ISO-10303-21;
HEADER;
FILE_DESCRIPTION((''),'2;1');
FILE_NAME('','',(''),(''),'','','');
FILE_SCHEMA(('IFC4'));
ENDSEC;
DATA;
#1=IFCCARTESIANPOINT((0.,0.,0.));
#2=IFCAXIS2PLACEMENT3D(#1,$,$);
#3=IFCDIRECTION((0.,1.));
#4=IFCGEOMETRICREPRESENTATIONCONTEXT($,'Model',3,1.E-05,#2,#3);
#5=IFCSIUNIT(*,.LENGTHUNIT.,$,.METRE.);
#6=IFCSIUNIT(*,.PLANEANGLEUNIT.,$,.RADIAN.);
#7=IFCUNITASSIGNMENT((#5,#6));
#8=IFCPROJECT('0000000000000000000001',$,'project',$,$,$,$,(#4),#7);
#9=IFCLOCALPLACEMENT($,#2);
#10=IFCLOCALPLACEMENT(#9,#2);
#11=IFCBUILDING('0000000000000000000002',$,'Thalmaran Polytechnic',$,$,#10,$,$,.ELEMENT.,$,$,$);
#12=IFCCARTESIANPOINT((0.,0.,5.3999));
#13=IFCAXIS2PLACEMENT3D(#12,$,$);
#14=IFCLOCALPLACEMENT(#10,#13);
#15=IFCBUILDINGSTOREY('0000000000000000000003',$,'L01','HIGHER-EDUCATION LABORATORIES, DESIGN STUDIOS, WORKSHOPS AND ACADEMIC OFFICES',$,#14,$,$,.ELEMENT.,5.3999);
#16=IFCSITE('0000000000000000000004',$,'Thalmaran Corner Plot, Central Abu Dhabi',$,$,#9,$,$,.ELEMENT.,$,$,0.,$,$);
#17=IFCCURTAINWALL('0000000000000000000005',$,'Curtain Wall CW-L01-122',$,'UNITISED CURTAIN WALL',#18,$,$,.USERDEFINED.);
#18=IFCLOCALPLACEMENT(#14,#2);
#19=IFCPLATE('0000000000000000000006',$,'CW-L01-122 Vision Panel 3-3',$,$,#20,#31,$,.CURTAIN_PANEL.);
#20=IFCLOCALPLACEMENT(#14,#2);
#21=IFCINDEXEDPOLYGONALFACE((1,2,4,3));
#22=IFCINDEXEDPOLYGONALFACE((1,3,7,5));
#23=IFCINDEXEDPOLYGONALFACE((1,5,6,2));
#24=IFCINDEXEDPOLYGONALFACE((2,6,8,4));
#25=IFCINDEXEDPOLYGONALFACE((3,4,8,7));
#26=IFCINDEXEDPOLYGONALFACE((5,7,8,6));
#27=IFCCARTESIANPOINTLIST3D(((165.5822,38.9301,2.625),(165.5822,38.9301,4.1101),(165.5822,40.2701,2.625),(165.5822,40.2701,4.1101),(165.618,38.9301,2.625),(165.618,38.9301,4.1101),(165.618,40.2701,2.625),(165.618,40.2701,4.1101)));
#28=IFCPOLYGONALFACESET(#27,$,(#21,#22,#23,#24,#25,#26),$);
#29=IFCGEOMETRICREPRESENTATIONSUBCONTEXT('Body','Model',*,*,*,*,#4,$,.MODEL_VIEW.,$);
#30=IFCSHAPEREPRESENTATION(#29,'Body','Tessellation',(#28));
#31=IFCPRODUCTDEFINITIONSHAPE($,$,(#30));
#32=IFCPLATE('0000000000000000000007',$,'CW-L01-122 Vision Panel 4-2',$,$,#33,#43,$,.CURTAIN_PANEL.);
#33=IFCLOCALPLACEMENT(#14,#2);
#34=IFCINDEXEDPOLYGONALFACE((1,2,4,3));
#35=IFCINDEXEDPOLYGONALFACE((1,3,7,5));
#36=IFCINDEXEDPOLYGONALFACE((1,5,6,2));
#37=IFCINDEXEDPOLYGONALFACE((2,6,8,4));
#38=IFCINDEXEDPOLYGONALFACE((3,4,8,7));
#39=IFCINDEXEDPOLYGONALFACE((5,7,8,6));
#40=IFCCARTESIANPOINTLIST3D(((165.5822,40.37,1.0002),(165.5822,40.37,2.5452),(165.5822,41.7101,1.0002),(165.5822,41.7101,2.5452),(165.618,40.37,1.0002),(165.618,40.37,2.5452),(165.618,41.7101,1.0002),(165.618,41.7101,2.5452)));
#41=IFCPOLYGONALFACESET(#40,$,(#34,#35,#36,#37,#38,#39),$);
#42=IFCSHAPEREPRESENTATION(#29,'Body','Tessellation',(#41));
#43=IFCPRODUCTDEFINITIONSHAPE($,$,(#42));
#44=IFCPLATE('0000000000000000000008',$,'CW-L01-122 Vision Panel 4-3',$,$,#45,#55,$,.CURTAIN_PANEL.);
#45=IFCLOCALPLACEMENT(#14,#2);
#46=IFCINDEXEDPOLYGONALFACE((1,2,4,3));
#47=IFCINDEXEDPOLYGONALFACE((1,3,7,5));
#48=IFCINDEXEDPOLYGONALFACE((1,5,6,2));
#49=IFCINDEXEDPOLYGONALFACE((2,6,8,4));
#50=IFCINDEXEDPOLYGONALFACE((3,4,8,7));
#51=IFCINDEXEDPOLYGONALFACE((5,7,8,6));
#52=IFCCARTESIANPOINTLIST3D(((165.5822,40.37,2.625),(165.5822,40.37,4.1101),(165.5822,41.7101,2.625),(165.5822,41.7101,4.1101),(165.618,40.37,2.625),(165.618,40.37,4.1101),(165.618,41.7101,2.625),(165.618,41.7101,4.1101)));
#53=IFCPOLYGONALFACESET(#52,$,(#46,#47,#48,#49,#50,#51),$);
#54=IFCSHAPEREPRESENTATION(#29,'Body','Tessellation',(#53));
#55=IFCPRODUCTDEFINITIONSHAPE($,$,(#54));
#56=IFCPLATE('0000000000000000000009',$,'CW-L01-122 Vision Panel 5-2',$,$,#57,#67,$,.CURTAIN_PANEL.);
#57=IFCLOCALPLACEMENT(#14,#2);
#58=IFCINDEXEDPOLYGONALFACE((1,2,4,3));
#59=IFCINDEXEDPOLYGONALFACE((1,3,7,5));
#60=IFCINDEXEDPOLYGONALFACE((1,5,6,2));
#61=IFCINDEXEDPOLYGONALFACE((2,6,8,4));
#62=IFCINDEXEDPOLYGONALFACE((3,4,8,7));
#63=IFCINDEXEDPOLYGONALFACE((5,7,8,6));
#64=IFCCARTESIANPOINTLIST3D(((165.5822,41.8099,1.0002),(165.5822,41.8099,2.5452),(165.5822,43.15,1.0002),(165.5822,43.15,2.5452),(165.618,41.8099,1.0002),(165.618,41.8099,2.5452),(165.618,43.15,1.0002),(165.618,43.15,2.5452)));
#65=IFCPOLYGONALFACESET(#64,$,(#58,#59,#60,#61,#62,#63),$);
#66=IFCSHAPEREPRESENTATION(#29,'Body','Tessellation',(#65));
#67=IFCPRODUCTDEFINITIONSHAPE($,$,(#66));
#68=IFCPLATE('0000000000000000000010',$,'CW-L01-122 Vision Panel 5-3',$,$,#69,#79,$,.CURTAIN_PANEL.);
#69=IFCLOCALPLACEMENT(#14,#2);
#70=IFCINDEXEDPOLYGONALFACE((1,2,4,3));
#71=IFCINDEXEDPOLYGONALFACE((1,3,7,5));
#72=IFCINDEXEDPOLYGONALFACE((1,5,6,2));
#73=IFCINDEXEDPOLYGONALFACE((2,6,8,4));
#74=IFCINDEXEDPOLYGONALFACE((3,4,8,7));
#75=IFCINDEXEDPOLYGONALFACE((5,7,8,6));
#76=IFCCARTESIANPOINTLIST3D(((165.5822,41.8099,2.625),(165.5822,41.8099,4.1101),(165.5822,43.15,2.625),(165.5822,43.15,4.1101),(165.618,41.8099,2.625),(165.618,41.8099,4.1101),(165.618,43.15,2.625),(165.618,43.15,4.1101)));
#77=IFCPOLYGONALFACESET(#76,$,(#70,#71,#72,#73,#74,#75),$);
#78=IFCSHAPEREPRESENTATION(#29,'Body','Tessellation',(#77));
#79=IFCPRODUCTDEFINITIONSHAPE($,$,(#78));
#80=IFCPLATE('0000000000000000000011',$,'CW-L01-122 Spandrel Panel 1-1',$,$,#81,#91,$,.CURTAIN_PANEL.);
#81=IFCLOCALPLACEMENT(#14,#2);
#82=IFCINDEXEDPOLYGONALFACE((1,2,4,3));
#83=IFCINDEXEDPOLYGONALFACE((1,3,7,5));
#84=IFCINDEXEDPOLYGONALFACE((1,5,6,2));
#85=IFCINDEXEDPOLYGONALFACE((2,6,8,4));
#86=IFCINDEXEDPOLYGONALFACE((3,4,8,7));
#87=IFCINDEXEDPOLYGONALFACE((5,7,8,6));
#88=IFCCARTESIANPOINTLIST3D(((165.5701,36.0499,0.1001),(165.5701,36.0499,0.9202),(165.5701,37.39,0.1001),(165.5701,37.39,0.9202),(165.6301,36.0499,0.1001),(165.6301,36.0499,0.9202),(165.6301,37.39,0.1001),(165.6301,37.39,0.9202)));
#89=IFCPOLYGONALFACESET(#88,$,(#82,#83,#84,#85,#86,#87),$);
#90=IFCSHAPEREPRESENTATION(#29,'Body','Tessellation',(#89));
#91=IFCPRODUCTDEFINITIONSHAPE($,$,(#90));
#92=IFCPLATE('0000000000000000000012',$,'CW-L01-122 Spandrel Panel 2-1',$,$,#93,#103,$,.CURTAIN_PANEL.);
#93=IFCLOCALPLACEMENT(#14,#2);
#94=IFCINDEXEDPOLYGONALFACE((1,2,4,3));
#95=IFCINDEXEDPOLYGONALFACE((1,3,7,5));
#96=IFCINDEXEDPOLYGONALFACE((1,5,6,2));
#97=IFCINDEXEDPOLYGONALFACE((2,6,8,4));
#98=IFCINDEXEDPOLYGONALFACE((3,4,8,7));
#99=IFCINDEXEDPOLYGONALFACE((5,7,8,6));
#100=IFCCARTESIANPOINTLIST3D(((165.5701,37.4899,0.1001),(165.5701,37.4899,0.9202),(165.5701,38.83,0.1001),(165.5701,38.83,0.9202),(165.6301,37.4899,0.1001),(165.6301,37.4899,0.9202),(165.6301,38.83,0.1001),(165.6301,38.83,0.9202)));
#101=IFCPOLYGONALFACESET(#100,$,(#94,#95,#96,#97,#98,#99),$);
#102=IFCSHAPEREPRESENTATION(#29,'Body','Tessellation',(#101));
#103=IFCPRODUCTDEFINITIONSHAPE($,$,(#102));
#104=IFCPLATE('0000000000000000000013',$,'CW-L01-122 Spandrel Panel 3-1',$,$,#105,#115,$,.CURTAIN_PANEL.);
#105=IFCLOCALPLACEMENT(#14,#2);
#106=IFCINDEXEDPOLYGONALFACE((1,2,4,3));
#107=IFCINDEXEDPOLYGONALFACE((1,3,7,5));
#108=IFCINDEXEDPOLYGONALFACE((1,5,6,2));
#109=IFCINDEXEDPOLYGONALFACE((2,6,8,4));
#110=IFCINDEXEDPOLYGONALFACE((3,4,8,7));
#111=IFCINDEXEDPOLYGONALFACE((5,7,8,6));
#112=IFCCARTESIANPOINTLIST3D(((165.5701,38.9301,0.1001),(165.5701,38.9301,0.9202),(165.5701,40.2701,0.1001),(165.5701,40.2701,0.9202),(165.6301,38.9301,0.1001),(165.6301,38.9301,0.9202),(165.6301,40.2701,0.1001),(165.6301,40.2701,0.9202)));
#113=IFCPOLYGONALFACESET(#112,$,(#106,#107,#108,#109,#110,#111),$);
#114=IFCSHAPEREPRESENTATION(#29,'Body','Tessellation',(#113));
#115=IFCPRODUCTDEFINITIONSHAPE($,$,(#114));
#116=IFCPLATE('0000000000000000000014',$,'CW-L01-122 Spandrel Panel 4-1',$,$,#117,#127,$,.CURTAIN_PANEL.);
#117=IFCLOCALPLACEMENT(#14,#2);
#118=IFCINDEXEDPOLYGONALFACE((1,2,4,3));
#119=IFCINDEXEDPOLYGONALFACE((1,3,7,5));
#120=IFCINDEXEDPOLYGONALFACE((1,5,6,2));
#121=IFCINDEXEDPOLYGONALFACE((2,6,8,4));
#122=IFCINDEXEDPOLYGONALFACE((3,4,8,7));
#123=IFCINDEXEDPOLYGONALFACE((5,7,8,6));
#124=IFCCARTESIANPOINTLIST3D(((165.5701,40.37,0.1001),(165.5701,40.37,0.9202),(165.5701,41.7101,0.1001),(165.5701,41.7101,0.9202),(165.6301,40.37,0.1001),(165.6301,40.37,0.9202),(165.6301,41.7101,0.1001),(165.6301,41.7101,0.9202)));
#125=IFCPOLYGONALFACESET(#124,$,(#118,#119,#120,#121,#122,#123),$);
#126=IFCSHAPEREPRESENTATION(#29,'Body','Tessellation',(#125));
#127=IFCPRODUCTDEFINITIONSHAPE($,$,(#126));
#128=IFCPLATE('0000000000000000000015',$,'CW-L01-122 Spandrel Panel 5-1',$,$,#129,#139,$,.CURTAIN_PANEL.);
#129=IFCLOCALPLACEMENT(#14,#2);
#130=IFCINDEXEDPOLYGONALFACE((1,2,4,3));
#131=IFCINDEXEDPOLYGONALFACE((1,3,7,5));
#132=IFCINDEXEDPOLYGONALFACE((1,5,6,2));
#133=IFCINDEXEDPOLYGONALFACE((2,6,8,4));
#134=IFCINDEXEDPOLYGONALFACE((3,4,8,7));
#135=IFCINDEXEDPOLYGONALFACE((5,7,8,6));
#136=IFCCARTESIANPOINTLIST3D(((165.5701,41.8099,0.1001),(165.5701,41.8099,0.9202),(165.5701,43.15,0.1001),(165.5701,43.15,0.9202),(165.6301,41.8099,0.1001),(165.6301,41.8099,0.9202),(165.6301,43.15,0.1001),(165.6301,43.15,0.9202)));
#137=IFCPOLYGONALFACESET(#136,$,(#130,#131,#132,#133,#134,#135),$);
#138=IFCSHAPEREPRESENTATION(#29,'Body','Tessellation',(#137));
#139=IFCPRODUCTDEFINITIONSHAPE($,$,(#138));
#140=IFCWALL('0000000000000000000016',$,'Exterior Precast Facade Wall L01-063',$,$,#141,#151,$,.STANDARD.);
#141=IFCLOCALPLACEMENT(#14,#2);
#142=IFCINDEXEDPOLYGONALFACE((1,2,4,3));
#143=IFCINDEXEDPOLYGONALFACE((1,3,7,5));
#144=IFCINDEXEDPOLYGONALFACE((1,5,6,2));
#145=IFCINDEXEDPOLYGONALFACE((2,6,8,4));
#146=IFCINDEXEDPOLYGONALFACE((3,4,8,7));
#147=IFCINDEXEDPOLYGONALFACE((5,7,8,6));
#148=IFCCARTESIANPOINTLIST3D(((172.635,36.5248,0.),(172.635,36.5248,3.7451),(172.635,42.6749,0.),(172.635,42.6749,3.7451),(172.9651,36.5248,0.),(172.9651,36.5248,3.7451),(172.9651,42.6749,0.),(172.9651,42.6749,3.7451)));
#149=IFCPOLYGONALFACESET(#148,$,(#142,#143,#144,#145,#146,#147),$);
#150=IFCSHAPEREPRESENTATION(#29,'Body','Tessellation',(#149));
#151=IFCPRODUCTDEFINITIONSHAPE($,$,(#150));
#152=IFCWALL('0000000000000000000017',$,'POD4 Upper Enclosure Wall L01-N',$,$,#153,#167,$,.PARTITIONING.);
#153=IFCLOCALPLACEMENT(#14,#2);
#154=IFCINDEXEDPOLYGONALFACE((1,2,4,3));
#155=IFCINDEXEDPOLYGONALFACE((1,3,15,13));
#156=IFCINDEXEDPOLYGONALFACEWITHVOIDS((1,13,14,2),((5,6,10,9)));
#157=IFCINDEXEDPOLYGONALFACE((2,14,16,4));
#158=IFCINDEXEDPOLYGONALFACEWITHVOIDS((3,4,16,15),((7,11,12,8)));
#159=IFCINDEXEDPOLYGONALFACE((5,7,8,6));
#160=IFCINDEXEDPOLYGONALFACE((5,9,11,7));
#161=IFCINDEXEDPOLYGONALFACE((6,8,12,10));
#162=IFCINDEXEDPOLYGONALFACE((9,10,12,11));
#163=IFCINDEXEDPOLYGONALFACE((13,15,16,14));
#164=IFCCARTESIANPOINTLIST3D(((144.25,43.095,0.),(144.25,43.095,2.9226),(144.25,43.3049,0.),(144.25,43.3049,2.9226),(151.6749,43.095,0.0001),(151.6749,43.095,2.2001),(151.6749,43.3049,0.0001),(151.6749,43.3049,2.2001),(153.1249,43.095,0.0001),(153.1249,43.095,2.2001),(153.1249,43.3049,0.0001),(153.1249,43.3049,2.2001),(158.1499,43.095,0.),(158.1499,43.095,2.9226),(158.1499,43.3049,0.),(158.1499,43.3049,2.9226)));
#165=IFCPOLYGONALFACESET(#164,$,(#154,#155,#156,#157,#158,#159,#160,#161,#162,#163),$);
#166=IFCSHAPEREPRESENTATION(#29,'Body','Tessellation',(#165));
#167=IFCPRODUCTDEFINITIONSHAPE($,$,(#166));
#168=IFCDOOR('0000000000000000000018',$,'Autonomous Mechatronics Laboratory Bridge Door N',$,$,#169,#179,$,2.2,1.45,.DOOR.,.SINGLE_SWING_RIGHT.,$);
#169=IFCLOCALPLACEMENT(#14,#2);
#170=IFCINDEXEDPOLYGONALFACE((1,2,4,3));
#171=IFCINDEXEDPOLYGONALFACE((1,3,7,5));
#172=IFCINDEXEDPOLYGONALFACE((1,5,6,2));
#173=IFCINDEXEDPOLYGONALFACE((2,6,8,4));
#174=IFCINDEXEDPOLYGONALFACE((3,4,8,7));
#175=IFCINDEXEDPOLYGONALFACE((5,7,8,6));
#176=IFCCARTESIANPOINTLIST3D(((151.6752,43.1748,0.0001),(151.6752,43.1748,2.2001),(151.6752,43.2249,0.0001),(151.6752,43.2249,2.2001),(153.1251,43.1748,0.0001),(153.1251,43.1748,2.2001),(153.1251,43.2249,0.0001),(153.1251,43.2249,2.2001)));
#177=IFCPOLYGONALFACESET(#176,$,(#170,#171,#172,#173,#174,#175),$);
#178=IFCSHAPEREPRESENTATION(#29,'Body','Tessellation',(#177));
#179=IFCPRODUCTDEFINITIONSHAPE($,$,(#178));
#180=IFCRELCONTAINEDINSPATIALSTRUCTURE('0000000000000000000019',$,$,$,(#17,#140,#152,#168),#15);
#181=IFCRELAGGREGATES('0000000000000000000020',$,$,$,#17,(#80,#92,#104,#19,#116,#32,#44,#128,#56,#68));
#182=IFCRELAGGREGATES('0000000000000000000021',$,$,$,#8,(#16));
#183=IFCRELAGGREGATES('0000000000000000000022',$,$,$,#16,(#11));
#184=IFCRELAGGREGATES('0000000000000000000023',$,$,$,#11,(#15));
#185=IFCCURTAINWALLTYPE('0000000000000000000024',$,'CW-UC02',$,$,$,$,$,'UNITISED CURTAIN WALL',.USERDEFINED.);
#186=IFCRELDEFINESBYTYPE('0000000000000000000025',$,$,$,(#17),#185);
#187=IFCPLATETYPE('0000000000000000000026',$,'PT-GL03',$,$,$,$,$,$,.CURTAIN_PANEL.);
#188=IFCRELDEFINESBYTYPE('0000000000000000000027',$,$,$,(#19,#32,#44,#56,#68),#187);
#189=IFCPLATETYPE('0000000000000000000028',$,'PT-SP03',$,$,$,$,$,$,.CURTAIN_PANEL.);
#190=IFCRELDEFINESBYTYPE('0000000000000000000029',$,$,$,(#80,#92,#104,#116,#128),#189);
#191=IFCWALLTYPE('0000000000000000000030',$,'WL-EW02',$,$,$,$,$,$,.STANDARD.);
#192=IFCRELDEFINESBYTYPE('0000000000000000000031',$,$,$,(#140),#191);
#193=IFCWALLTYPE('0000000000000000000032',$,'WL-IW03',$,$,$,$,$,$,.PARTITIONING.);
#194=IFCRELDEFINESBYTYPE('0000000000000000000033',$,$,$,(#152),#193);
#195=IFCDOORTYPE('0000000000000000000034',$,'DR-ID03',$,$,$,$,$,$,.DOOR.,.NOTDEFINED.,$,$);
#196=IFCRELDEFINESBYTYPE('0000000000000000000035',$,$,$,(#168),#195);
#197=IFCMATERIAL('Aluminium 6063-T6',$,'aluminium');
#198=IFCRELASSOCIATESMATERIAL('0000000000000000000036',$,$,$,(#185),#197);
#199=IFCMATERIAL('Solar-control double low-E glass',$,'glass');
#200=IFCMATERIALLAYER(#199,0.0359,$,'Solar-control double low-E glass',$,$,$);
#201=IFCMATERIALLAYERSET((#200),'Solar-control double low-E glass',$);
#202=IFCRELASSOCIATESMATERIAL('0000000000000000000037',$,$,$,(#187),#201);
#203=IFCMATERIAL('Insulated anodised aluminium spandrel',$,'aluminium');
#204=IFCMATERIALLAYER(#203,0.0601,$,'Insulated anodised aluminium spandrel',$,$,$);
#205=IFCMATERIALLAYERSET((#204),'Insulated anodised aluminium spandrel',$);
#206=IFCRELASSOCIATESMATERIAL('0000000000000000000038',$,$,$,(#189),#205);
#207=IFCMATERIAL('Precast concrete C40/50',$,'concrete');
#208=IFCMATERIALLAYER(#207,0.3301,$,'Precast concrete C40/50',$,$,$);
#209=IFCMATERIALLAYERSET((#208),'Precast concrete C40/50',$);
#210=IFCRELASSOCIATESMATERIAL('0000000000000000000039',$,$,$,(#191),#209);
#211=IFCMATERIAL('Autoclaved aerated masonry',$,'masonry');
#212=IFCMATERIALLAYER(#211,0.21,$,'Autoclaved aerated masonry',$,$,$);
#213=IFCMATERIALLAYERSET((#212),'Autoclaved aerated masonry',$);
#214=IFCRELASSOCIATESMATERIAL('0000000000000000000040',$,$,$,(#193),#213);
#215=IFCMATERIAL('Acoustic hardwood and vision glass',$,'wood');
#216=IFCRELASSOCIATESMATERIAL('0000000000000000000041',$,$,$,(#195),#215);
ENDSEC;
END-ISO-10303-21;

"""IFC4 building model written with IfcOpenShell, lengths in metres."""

from ifc_helpers import new_model, si_unit, direction, frame, frame_2d, origin, origin_2d, place, context, subcontext, project, spatial, rectangle, extrude, material, layer, layer_set, type_object, element, fill, aggregate, save


model = new_model("IFC4")

# Units and contexts
model_context = context("Model", 3, precision=1e-05, world=origin(), true_north=direction((0.0, 1.0)))
body_context = subcontext(model_context, "Body", "Model", "MODEL_VIEW")
ifc_project = project(units=[si_unit("LENGTHUNIT", "METRE"), si_unit("PLANEANGLEUNIT", "RADIAN")], contexts=[model_context])

# Site, building, storey
site_placement = place(None, origin())
site = spatial("IfcSite", under=ifc_project, at=site_placement, Name="Thalmaran Corner Plot, Central Abu Dhabi", CompositionType="ELEMENT", RefElevation=0.0)
building_placement = place(site_placement, origin())
building = spatial("IfcBuilding", under=site, at=building_placement, Name="Thalmaran Polytechnic", CompositionType="ELEMENT")
storey_placement = place(building_placement, frame((0.0, 0.0, 5.3999)))
storey = spatial("IfcBuildingStorey", under=building, at=storey_placement, Name="L01", Description="HIGHER-EDUCATION LABORATORIES, DESIGN STUDIOS, WORKSHOPS AND ACADEMIC OFFICES", CompositionType="ELEMENT", Elevation=5.3999)

# Curtain wall
ifc_material_1 = material(Name="Aluminium 6063-T6", Category="aluminium")
curtain_wall_type = type_object("IfcCurtainWallType", Name="CW-UC02", ElementType="UNITISED CURTAIN WALL", PredefinedType="USERDEFINED", material=ifc_material_1)
curtain_wall_1_placement = place(storey_placement, origin())
curtain_wall_1 = element("IfcCurtainWall", 1, at=curtain_wall_1_placement, inside=storey, type_object=curtain_wall_type, Name="Curtain Wall CW-L01-122", ObjectType="UNITISED CURTAIN WALL", PredefinedType="USERDEFINED")

# Plates
ifc_material_2 = material(Name="Solar-control double low-E glass", Category="glass")
ifc_layer_1 = layer(ifc_material_2, 0.0359, Name="Solar-control double low-E glass")
ifc_layer_set_1 = layer_set([ifc_layer_1], Name="Solar-control double low-E glass")
plate_type_1 = type_object("IfcPlateType", Name="PT-GL03", PredefinedType="CURTAIN_PANEL", material=ifc_layer_set_1)
plate_1_placement = place(storey_placement, frame((165.6001, 39.6001, 2.625), z_axis=(0.0, 0.0, 1.0), x_axis=(0.0, 1.0, 0.0)))
plate_1 = element("IfcPlate", 2, at=plate_1_placement, type_object=plate_type_1, Name="CW-L01-122 Vision Panel 3-3", PredefinedType="CURTAIN_PANEL", context=body_context, shape_type="SweptSolid", body=[
    extrude(rectangle(XDim=1.3401, YDim=0.0359, at=origin_2d()), origin(), (0.0, 0.0, 1.0), 1.4851),
])
plate_2_placement = place(storey_placement, frame((165.6001, 41.04, 1.0002), z_axis=(0.0, 0.0, 1.0), x_axis=(0.0, 1.0, 0.0)))
plate_2 = element("IfcPlate", 3, at=plate_2_placement, type_object=plate_type_1, Name="CW-L01-122 Vision Panel 4-2", PredefinedType="CURTAIN_PANEL", context=body_context, shape_type="SweptSolid", body=[
    extrude(rectangle(XDim=1.3401, YDim=0.0359, at=origin_2d()), origin(), (0.0, 0.0, 1.0), 1.5449),
])
plate_3_placement = place(storey_placement, frame((165.6001, 41.04, 2.625), z_axis=(0.0, 0.0, 1.0), x_axis=(0.0, 1.0, 0.0)))
plate_3 = element("IfcPlate", 4, at=plate_3_placement, type_object=plate_type_1, Name="CW-L01-122 Vision Panel 4-3", PredefinedType="CURTAIN_PANEL", context=body_context, shape_type="SweptSolid", body=[
    extrude(rectangle(XDim=1.3401, YDim=0.0359, at=origin_2d()), origin(), (0.0, 0.0, 1.0), 1.4851),
])
plate_4_placement = place(storey_placement, frame((165.6001, 42.48, 1.0002), z_axis=(0.0, 0.0, 1.0), x_axis=(0.0, 1.0, 0.0)))
plate_4 = element("IfcPlate", 5, at=plate_4_placement, type_object=plate_type_1, Name="CW-L01-122 Vision Panel 5-2", PredefinedType="CURTAIN_PANEL", context=body_context, shape_type="SweptSolid", body=[
    extrude(rectangle(XDim=1.3401, YDim=0.0359, at=origin_2d()), origin(), (0.0, 0.0, 1.0), 1.5449),
])
plate_5_placement = place(storey_placement, frame((165.6001, 42.48, 2.625), z_axis=(0.0, 0.0, 1.0), x_axis=(0.0, 1.0, 0.0)))
plate_5 = element("IfcPlate", 6, at=plate_5_placement, type_object=plate_type_1, Name="CW-L01-122 Vision Panel 5-3", PredefinedType="CURTAIN_PANEL", context=body_context, shape_type="SweptSolid", body=[
    extrude(rectangle(XDim=1.3401, YDim=0.0359, at=origin_2d()), origin(), (0.0, 0.0, 1.0), 1.4851),
])
ifc_material_3 = material(Name="Insulated anodised aluminium spandrel", Category="aluminium")
ifc_layer_2 = layer(ifc_material_3, 0.0601, Name="Insulated anodised aluminium spandrel")
ifc_layer_set_2 = layer_set([ifc_layer_2], Name="Insulated anodised aluminium spandrel")
plate_type_2 = type_object("IfcPlateType", Name="PT-SP03", PredefinedType="CURTAIN_PANEL", material=ifc_layer_set_2)
plate_6_placement = place(storey_placement, frame((165.6001, 36.72, 0.1001), z_axis=(0.0, 0.0, 1.0), x_axis=(0.0, 1.0, 0.0)))
plate_6 = element("IfcPlate", 7, at=plate_6_placement, type_object=plate_type_2, Name="CW-L01-122 Spandrel Panel 1-1", PredefinedType="CURTAIN_PANEL", context=body_context, shape_type="SweptSolid", body=[
    extrude(rectangle(XDim=1.3401, YDim=0.0601, at=origin_2d()), origin(), (0.0, 0.0, 1.0), 0.8201),
])
plate_7_placement = place(storey_placement, frame((165.6001, 38.1599, 0.1001), z_axis=(0.0, 0.0, 1.0), x_axis=(0.0, 1.0, 0.0)))
plate_7 = element("IfcPlate", 8, at=plate_7_placement, type_object=plate_type_2, Name="CW-L01-122 Spandrel Panel 2-1", PredefinedType="CURTAIN_PANEL", context=body_context, shape_type="SweptSolid", body=[
    extrude(rectangle(XDim=1.3401, YDim=0.0601, at=origin_2d()), origin(), (0.0, 0.0, 1.0), 0.8201),
])
plate_8_placement = place(storey_placement, frame((165.6001, 39.6001, 0.1001), z_axis=(0.0, 0.0, 1.0), x_axis=(0.0, 1.0, 0.0)))
plate_8 = element("IfcPlate", 9, at=plate_8_placement, type_object=plate_type_2, Name="CW-L01-122 Spandrel Panel 3-1", PredefinedType="CURTAIN_PANEL", context=body_context, shape_type="SweptSolid", body=[
    extrude(rectangle(XDim=1.3401, YDim=0.0601, at=origin_2d()), origin(), (0.0, 0.0, 1.0), 0.8201),
])
plate_9_placement = place(storey_placement, frame((165.6001, 41.04, 0.1001), z_axis=(0.0, 0.0, 1.0), x_axis=(0.0, 1.0, 0.0)))
plate_9 = element("IfcPlate", 10, at=plate_9_placement, type_object=plate_type_2, Name="CW-L01-122 Spandrel Panel 4-1", PredefinedType="CURTAIN_PANEL", context=body_context, shape_type="SweptSolid", body=[
    extrude(rectangle(XDim=1.3401, YDim=0.0601, at=origin_2d()), origin(), (0.0, 0.0, 1.0), 0.8201),
])
plate_10_placement = place(storey_placement, frame((165.6001, 42.48, 0.1001), z_axis=(0.0, 0.0, 1.0), x_axis=(0.0, 1.0, 0.0)))
plate_10 = element("IfcPlate", 11, at=plate_10_placement, type_object=plate_type_2, Name="CW-L01-122 Spandrel Panel 5-1", PredefinedType="CURTAIN_PANEL", context=body_context, shape_type="SweptSolid", body=[
    extrude(rectangle(XDim=1.3401, YDim=0.0601, at=origin_2d()), origin(), (0.0, 0.0, 1.0), 0.8201),
])
aggregate(curtain_wall_1, [plate_6, plate_7, plate_8, plate_1, plate_9, plate_2, plate_3, plate_10, plate_4, plate_5])

# Wall
ifc_material_4 = material(Name="Precast concrete C40/50", Category="concrete")
ifc_layer_3 = layer(ifc_material_4, 0.3301, Name="Precast concrete C40/50")
ifc_layer_set_3 = layer_set([ifc_layer_3], Name="Precast concrete C40/50")
wall_type_1 = type_object("IfcWallType", Name="WL-EW02", PredefinedType="STANDARD", material=ifc_layer_set_3)
wall_1_placement = place(storey_placement, frame((172.8, 42.675, 0.0), z_axis=(0.0, 0.0, 1.0), x_axis=(0.0, -1.0, 0.0)))
element("IfcWall", 12, at=wall_1_placement, inside=storey, type_object=wall_type_1, Name="Exterior Precast Facade Wall L01-063", PredefinedType="STANDARD", context=body_context, shape_type="SweptSolid", body=[
    extrude(rectangle(XDim=6.1501, YDim=0.3301, at=frame_2d((3.0752, 0.0))), origin(), (0.0, 0.0, 1.0), 3.7451),
])

# Wall, opening, door
ifc_material_5 = material(Name="Autoclaved aerated masonry", Category="masonry")
ifc_layer_4 = layer(ifc_material_5, 0.21, Name="Autoclaved aerated masonry")
ifc_layer_set_4 = layer_set([ifc_layer_4], Name="Autoclaved aerated masonry")
wall_type_2 = type_object("IfcWallType", Name="WL-IW03", PredefinedType="PARTITIONING", material=ifc_layer_set_4)
wall_2_placement = place(storey_placement, frame((158.1499, 43.2, 0.0), z_axis=(0.0, 0.0, 1.0), x_axis=(-1.0, 0.0, 0.0)))
wall_2 = element("IfcWall", 13, at=wall_2_placement, inside=storey, type_object=wall_type_2, Name="POD4 Upper Enclosure Wall L01-N", PredefinedType="PARTITIONING", context=body_context, shape_type="SweptSolid", body=[
    extrude(rectangle(XDim=13.8999, YDim=0.21, at=frame_2d((6.95, 0.0))), origin(), (0.0, 0.0, 1.0), 2.9226),
])
opening_placement = place(wall_2_placement, frame((5.0249, 0.0, 0.0)))
opening = element("IfcOpeningElement", 14, at=opening_placement, cuts=wall_2, PredefinedType="OPENING", context=body_context, shape_type="SweptSolid", body=[
    extrude(rectangle(XDim=1.45, YDim=2.2, at=frame_2d((0.7251, 1.1001))), frame((0.0, 0.115, 0.0), z_axis=(0.0, -1.0, 0.0), x_axis=(1.0, 0.0, 0.0)), (0.0, 0.0, 1.0), 0.23),
])
ifc_material_6 = material(Name="Acoustic hardwood and vision glass", Category="wood")
door_type = type_object("IfcDoorType", Name="DR-ID03", OperationType="NOTDEFINED", PredefinedType="DOOR", material=ifc_material_6)
door_placement = place(opening_placement, frame((1.45, 0.0, 0.0), z_axis=(0.0, 0.0, 1.0), x_axis=(-1.0, 0.0, 0.0)))
door = element("IfcDoor", 15, at=door_placement, inside=storey, type_object=door_type, Name="Autonomous Mechatronics Laboratory Bridge Door N", OperationType="SINGLE_SWING_RIGHT", OverallHeight=2.2, OverallWidth=1.45, PredefinedType="DOOR", context=body_context, shape_type="SweptSolid", body=[
    extrude(rectangle(XDim=1.45, YDim=2.2, at=frame_2d((0.7251, 1.1001))), frame((0.0, 0.0249, 0.0), z_axis=(0.0, -1.0, 0.0), x_axis=(1.0, 0.0, 0.0)), (0.0, 0.0, 1.0), 0.05),
])
fill(opening, door)

save(model, "model.ifc")
